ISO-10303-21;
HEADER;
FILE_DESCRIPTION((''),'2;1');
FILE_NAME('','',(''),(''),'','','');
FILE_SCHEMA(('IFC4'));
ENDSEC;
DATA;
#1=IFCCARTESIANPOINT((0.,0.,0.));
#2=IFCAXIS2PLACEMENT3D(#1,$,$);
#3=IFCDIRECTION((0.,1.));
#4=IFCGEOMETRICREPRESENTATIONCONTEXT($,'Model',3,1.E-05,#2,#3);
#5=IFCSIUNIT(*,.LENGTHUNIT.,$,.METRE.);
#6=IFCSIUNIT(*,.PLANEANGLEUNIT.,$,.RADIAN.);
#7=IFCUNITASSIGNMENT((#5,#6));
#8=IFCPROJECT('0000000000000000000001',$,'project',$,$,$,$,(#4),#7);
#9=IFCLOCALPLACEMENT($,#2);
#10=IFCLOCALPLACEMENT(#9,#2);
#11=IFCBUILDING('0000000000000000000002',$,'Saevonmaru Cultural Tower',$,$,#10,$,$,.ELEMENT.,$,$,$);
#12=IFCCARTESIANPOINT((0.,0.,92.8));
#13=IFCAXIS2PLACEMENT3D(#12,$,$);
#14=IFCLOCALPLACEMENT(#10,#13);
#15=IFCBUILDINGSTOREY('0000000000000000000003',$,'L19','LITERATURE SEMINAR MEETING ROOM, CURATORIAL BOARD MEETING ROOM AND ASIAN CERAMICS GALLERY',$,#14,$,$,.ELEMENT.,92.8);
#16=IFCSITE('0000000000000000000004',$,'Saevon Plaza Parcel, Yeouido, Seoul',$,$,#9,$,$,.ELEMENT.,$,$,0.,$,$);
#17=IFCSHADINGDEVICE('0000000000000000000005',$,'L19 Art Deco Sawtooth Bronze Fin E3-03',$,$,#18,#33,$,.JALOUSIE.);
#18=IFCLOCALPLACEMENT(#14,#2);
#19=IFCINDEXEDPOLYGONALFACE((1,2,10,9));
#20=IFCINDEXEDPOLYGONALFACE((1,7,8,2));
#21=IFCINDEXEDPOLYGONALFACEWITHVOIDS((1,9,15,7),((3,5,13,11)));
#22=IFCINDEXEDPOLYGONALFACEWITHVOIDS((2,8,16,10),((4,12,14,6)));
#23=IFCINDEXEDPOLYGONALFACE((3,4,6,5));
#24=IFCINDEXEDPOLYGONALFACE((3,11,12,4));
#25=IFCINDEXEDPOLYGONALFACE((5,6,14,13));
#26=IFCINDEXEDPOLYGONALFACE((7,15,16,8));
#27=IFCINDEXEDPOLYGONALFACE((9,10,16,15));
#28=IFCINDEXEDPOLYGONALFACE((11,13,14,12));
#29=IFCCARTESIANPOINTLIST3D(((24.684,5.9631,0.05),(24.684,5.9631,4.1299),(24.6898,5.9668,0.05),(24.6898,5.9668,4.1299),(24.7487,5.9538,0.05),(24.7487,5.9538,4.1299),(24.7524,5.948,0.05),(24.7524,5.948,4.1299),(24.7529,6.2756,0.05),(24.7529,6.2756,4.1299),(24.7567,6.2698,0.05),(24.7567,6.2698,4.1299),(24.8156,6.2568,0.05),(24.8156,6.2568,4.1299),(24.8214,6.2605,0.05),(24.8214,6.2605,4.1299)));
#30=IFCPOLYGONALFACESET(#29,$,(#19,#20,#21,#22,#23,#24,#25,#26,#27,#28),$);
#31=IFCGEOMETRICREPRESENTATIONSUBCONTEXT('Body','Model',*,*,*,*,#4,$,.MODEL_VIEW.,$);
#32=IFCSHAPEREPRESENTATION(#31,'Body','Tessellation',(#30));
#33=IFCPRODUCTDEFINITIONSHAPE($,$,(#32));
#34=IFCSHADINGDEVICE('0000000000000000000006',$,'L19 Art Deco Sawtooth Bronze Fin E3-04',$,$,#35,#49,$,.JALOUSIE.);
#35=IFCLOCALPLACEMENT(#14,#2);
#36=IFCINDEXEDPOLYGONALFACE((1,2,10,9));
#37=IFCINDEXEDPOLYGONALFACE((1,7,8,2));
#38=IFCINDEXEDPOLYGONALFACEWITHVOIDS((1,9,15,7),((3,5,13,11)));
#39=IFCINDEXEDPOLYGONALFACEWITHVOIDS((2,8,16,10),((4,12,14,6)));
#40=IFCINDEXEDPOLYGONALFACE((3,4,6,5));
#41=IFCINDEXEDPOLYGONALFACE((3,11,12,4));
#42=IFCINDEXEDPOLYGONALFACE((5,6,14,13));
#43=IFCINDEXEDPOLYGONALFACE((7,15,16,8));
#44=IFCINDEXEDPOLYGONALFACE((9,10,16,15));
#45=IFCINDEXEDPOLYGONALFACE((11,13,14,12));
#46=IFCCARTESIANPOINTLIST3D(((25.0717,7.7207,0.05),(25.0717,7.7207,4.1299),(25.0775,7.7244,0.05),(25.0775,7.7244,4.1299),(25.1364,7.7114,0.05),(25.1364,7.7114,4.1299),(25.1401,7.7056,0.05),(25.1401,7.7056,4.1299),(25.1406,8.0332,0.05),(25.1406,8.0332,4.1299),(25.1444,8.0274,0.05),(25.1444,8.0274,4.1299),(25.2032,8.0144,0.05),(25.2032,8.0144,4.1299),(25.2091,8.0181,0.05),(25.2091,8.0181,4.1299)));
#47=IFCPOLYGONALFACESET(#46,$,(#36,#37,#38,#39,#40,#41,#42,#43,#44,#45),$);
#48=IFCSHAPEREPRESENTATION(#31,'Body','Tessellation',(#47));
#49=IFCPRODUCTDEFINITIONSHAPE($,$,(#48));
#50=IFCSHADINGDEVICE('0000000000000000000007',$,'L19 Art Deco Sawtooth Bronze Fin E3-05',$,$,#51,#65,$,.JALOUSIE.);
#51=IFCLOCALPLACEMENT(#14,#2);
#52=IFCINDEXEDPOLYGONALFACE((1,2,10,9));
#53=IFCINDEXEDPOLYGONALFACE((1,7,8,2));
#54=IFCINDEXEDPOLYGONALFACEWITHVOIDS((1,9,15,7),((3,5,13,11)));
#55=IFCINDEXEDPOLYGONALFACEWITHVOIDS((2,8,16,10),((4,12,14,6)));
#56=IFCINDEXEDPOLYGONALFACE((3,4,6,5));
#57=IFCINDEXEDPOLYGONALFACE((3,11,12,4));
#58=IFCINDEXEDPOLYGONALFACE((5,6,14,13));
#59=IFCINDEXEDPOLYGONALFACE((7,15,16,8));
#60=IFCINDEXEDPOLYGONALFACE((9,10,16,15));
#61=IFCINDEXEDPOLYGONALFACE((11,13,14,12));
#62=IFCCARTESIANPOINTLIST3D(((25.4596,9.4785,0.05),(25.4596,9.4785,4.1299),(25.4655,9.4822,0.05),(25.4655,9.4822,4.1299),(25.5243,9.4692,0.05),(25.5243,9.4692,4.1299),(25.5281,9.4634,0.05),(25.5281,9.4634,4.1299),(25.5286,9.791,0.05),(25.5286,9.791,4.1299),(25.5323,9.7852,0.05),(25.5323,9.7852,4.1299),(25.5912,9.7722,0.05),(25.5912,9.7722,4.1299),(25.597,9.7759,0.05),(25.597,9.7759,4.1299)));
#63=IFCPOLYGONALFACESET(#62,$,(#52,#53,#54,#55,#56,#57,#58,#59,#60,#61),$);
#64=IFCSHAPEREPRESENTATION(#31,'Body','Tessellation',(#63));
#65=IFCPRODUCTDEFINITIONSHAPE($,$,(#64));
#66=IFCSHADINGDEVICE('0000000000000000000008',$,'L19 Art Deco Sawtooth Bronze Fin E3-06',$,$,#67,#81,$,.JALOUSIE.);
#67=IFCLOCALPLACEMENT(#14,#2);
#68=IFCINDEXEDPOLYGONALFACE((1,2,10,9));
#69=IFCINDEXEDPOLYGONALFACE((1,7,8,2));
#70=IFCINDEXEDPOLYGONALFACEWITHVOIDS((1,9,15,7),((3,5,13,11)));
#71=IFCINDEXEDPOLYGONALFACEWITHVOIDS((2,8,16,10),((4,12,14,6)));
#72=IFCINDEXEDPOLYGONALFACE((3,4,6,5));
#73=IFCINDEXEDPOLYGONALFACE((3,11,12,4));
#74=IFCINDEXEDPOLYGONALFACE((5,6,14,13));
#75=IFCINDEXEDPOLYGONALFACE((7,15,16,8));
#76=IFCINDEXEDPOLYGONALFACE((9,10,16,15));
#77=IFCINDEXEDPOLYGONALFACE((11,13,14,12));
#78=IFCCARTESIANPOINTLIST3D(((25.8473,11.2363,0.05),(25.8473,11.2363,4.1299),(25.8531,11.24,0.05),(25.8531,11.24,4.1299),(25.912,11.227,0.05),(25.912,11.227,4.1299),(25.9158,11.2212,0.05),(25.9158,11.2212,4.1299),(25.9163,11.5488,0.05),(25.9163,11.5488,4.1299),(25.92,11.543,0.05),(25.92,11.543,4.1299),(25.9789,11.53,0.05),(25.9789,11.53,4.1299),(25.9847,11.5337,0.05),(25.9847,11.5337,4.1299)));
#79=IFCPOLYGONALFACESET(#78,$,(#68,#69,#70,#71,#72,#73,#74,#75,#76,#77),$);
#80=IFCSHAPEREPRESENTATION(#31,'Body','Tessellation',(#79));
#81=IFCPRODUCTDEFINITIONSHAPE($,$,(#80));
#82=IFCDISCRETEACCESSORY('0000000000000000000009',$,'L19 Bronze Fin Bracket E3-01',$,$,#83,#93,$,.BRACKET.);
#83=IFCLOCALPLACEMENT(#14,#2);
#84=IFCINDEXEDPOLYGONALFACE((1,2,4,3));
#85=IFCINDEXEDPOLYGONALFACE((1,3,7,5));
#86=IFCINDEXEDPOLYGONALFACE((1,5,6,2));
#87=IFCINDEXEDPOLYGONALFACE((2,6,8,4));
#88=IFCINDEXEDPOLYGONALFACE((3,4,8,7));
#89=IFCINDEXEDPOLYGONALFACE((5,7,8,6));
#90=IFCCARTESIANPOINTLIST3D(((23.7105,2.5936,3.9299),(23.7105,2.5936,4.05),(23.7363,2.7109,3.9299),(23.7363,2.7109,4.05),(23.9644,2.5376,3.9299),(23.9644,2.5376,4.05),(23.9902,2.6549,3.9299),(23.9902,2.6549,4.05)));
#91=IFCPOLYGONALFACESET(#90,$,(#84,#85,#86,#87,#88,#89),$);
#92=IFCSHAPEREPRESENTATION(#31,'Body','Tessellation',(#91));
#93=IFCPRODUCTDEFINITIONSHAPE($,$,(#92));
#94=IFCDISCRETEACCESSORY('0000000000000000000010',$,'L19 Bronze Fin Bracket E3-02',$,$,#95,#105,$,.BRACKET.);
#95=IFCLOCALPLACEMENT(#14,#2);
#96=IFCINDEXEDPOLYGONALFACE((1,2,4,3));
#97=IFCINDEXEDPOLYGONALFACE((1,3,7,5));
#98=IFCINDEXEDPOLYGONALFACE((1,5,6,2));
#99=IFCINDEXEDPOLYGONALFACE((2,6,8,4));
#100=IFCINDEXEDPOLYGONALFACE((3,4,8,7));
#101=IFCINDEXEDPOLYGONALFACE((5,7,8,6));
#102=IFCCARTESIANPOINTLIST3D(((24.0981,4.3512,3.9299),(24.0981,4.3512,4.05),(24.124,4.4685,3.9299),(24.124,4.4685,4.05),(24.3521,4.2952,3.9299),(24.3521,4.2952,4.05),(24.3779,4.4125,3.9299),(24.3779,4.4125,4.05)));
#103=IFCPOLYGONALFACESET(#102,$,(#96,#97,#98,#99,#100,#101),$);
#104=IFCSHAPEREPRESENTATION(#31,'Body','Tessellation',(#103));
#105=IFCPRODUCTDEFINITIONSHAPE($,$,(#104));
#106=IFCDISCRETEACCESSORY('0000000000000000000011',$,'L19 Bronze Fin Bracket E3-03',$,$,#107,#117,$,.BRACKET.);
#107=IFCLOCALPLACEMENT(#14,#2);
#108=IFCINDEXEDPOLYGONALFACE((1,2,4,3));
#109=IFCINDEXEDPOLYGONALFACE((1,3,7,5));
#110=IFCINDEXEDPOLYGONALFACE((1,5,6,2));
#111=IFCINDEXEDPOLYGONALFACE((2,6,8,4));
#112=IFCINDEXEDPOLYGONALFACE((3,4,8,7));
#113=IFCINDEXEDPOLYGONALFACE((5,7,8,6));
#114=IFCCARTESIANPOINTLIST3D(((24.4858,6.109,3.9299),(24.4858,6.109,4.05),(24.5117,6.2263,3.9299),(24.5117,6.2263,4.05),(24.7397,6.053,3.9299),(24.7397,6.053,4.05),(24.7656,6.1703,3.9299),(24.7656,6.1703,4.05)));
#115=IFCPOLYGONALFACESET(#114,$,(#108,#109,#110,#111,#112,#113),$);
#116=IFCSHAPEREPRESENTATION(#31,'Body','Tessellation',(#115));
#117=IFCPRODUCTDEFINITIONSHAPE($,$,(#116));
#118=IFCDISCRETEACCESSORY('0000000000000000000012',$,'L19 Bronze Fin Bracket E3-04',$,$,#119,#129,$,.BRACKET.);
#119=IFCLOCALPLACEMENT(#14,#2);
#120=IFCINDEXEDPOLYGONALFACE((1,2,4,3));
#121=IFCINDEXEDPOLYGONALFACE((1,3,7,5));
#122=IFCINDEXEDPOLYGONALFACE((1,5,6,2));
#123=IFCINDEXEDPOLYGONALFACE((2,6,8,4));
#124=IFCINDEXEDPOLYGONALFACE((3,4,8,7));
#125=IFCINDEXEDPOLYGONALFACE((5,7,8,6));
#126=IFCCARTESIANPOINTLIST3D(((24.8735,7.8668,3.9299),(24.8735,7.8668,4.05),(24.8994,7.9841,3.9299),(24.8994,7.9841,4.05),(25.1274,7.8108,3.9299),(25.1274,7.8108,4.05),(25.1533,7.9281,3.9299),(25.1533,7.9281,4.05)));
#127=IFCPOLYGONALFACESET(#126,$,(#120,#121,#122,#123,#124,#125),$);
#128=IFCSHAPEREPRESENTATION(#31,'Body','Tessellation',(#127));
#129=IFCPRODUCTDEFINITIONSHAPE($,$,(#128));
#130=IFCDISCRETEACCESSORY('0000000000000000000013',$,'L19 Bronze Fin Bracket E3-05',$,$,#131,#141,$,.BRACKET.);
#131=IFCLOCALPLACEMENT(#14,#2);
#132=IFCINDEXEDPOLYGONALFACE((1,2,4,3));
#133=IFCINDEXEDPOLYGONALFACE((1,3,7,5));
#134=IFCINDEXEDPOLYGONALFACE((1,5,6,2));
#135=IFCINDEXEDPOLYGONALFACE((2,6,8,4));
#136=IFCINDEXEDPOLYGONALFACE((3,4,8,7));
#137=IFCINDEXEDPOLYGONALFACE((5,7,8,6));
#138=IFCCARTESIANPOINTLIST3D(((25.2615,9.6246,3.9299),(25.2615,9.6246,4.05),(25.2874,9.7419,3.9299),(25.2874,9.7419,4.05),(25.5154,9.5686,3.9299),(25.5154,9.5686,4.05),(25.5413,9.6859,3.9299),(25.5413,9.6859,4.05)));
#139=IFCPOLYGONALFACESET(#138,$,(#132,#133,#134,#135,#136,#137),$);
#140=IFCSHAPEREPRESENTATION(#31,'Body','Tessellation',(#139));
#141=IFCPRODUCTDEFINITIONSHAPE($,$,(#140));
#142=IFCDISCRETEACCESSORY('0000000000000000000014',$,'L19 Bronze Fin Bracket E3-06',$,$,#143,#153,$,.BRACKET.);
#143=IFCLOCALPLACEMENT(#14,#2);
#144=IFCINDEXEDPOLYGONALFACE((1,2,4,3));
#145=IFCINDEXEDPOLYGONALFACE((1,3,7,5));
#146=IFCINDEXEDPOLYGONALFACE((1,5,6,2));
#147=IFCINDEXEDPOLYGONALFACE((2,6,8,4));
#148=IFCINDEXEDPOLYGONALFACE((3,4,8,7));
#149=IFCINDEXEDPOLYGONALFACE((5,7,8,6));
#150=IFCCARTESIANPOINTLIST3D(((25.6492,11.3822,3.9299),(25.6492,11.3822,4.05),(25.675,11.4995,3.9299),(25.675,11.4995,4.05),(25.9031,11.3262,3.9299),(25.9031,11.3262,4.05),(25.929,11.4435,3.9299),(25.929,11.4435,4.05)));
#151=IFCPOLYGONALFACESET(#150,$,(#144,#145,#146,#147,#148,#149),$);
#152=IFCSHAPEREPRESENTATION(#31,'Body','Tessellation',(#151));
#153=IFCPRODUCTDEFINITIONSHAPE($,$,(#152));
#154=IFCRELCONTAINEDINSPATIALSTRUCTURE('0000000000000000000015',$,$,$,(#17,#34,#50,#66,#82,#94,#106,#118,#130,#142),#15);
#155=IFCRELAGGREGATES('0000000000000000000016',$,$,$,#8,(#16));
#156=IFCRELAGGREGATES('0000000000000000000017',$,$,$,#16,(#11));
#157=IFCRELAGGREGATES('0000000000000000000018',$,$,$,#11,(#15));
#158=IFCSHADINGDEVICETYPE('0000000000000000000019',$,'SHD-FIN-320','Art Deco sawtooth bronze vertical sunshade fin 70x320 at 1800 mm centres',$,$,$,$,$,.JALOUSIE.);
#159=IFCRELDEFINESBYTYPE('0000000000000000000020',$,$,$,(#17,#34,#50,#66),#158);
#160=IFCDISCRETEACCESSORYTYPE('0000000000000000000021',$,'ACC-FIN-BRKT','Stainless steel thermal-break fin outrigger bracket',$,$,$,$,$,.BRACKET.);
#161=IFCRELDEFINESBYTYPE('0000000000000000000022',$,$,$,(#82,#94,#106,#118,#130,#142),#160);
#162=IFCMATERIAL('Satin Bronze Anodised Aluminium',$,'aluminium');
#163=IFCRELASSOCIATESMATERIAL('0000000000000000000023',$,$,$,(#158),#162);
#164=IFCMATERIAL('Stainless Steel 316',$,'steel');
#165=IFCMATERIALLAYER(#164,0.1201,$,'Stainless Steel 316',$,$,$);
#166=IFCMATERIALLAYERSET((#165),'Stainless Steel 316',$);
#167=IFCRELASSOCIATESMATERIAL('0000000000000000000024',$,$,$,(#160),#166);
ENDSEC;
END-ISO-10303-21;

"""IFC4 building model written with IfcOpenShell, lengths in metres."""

from ifc_helpers import new_model, si_unit, direction, frame, origin, origin_2d, place, context, subcontext, project, spatial, rectangle, hollow_rectangle, extrude, material, layer, layer_set, material_profile, profile_set, type_object, element, save


model = new_model("IFC4")

# Units and contexts
model_context = context("Model", 3, precision=1e-05, world=origin(), true_north=direction((0.0, 1.0)))
body_context = subcontext(model_context, "Body", "Model", "MODEL_VIEW")
ifc_project = project(units=[si_unit("LENGTHUNIT", "METRE"), si_unit("PLANEANGLEUNIT", "RADIAN")], contexts=[model_context])

# Site, building, storey
site_placement = place(None, origin())
site = spatial("IfcSite", under=ifc_project, at=site_placement, Name="Saevon Plaza Parcel, Yeouido, Seoul", CompositionType="ELEMENT", RefElevation=0.0)
building_placement = place(site_placement, origin())
building = spatial("IfcBuilding", under=site, at=building_placement, Name="Saevonmaru Cultural Tower", CompositionType="ELEMENT")
storey_placement = place(building_placement, frame((0.0, 0.0, 92.8)))
storey = spatial("IfcBuildingStorey", under=building, at=storey_placement, Name="L19", Description="LITERATURE SEMINAR MEETING ROOM, CURATORIAL BOARD MEETING ROOM AND ASIAN CERAMICS GALLERY", CompositionType="ELEMENT", Elevation=92.8)

# Shared definitions
ifc_material_1 = material(Name="Satin Bronze Anodised Aluminium", Category="aluminium")

# Shading devices
ifc_material_profile_1 = material_profile(ifc_material_1, hollow_rectangle(XDim=0.0701, YDim=0.3201, WallThickness=0.0049, at=origin_2d()), Name="FIN-320x70")
ifc_profile_set_1 = profile_set([ifc_material_profile_1], Name="Satin Bronze Anodised Aluminium")
shading_device_type = type_object("IfcShadingDeviceType", Name="SHD-FIN-320", Description="Art Deco sawtooth bronze vertical sunshade fin 70x320 at 1800 mm centres", PredefinedType="JALOUSIE", material=ifc_profile_set_1)
for number, where, z_axis, x_axis, name in (
    (1, (24.7527, 6.1118, 0.05), (0.0, 0.0, 1.0), (0.976522, -0.215417, 0.0), "L19 Art Deco Sawtooth Bronze Fin E3-03"),
    (2, (25.1404, 7.8694, 0.05), (0.0, 0.0, 1.0), (0.976522, -0.215417, 0.0), "L19 Art Deco Sawtooth Bronze Fin E3-04"),
    (3, (25.5283, 9.6272, 0.05), (0.0, 0.0, 1.0), (0.976522, -0.215417, 0.0), "L19 Art Deco Sawtooth Bronze Fin E3-05"),
    (4, (25.916, 11.385, 0.05), (0.0, 0.0, 1.0), (0.976522, -0.215417, 0.0), "L19 Art Deco Sawtooth Bronze Fin E3-06"),
):
    element("IfcShadingDevice", number, at=place(storey_placement, frame(where, z_axis=z_axis, x_axis=x_axis)), inside=storey, type_object=shading_device_type, Name=name, PredefinedType="JALOUSIE", context=body_context, shape_type="SweptSolid", body=[
        extrude(hollow_rectangle(XDim=0.0701, YDim=0.3201, WallThickness=0.0049, at=origin_2d()), origin(), (0.0, 0.0, 1.0), 4.0798),
    ])

# Discrete accessories
ifc_material_2 = material(Name="Stainless Steel 316", Category="steel")
ifc_layer_1 = layer(ifc_material_2, 0.1201, Name="Stainless Steel 316")
ifc_layer_set_1 = layer_set([ifc_layer_1], Name="Stainless Steel 316")
discrete_accessory_type = type_object("IfcDiscreteAccessoryType", Name="ACC-FIN-BRKT", Description="Stainless steel thermal-break fin outrigger bracket", PredefinedType="BRACKET", material=ifc_layer_set_1)
for number, where, z_axis, x_axis, name in (
    (5, (23.8503, 2.6243, 3.9299), (0.0, 0.0, 1.0), (0.976522, -0.215417, 0.0), "L19 Bronze Fin Bracket E3-01"),
    (6, (24.238, 4.3818, 3.9299), (0.0, 0.0, 1.0), (0.976522, -0.215417, 0.0), "L19 Bronze Fin Bracket E3-02"),
    (7, (24.6257, 6.1396, 3.9299), (0.0, 0.0, 1.0), (0.976522, -0.215417, 0.0), "L19 Bronze Fin Bracket E3-03"),
    (8, (25.0134, 7.8975, 3.9299), (0.0, 0.0, 1.0), (0.976522, -0.215417, 0.0), "L19 Bronze Fin Bracket E3-04"),
    (9, (25.4014, 9.6553, 3.9299), (0.0, 0.0, 1.0), (0.976522, -0.215417, 0.0), "L19 Bronze Fin Bracket E3-05"),
    (10, (25.7891, 11.4128, 3.9299), (0.0, 0.0, 1.0), (0.976522, -0.215417, 0.0), "L19 Bronze Fin Bracket E3-06"),
):
    element("IfcDiscreteAccessory", number, at=place(storey_placement, frame(where, z_axis=z_axis, x_axis=x_axis)), inside=storey, type_object=discrete_accessory_type, Name=name, PredefinedType="BRACKET", context=body_context, shape_type="SweptSolid", body=[
        extrude(rectangle(XDim=0.26, YDim=0.1201, at=origin_2d()), origin(), (0.0, 0.0, 1.0), 0.1201),
    ])

save(model, "model.ifc")
